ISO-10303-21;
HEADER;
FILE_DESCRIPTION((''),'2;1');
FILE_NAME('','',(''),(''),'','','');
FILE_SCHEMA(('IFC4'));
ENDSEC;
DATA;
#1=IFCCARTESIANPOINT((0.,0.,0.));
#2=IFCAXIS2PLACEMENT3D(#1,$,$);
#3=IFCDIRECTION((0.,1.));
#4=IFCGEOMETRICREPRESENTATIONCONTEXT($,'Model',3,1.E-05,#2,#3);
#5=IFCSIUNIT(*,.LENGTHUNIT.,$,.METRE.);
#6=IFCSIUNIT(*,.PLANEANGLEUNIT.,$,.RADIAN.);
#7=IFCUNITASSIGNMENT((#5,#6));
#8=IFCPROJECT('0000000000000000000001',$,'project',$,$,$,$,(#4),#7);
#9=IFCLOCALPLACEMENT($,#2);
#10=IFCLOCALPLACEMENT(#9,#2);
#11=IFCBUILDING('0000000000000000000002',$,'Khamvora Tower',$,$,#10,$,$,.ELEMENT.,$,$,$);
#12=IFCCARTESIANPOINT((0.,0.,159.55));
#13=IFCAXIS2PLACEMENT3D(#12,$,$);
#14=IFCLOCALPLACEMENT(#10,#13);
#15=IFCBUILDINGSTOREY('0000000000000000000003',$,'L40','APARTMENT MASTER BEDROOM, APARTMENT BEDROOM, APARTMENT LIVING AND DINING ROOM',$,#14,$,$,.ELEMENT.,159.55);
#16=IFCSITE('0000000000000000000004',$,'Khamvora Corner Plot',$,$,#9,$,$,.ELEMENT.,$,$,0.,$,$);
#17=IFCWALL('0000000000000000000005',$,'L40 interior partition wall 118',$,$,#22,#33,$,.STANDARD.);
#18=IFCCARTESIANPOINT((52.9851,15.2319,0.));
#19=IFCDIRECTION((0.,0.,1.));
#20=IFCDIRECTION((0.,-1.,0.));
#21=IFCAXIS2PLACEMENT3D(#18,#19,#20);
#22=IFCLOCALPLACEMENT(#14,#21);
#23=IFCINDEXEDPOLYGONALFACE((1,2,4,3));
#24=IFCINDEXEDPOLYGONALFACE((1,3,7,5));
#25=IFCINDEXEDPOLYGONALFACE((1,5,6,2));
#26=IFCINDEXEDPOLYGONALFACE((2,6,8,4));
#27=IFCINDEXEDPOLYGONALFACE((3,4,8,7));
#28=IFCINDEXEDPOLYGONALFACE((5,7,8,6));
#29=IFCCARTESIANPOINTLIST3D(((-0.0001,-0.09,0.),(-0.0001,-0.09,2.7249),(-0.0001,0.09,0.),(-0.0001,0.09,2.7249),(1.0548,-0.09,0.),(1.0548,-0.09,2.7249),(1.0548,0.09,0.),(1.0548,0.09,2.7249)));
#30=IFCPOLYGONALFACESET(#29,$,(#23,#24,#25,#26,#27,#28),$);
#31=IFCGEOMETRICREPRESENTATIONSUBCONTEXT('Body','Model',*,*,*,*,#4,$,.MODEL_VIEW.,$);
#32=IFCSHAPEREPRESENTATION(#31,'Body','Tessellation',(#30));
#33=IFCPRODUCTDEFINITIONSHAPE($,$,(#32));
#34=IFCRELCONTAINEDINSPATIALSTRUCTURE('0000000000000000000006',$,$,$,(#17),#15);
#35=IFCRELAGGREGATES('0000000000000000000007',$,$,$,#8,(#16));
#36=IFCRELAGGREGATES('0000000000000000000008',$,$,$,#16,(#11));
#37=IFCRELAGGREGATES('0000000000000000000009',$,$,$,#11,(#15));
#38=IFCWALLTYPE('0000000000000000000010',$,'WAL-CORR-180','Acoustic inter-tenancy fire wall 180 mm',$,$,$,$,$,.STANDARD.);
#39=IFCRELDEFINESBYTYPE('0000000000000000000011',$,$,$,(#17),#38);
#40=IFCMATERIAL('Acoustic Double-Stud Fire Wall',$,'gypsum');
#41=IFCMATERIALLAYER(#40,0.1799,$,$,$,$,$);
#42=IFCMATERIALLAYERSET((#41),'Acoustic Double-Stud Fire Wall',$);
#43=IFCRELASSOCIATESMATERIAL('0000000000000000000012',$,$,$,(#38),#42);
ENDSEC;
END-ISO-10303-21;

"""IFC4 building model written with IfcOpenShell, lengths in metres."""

from ifc_helpers import new_model, si_unit, direction, frame, frame_2d, origin, place, context, subcontext, project, spatial, rectangle, extrude, material, layer, layer_set, type_object, element, save


model = new_model("IFC4")

# Units and contexts
model_context = context("Model", 3, precision=1e-05, world=origin(), true_north=direction((0.0, 1.0)))
body_context = subcontext(model_context, "Body", "Model", "MODEL_VIEW")
ifc_project = project(units=[si_unit("LENGTHUNIT", "METRE"), si_unit("PLANEANGLEUNIT", "RADIAN")], contexts=[model_context])

# Site, building, storey
site_placement = place(None, origin())
site = spatial("IfcSite", under=ifc_project, at=site_placement, Name="Khamvora Corner Plot", CompositionType="ELEMENT", RefElevation=0.0)
building_placement = place(site_placement, origin())
building = spatial("IfcBuilding", under=site, at=building_placement, Name="Khamvora Tower", CompositionType="ELEMENT")
storey_placement = place(building_placement, frame((0.0, 0.0, 159.55)))
storey = spatial("IfcBuildingStorey", under=building, at=storey_placement, Name="L40", Description="APARTMENT MASTER BEDROOM, APARTMENT BEDROOM, APARTMENT LIVING AND DINING ROOM", CompositionType="ELEMENT", Elevation=159.55)

# Wall
ifc_material_1 = material(Name="Acoustic Double-Stud Fire Wall", Category="gypsum")
ifc_layer_1 = layer(ifc_material_1, 0.1799)
ifc_layer_set_1 = layer_set([ifc_layer_1], Name="Acoustic Double-Stud Fire Wall")
wall_type_1 = type_object("IfcWallType", Name="WAL-CORR-180", Description="Acoustic inter-tenancy fire wall 180 mm", PredefinedType="STANDARD", material=ifc_layer_set_1)
wall_1_placement = place(storey_placement, frame((52.9851, 15.2319, 0.0), z_axis=(0.0, 0.0, 1.0), x_axis=(0.0, -1.0, 0.0)))
element("IfcWall", 1, at=wall_1_placement, inside=storey, type_object=wall_type_1, Name="L40 interior partition wall 118", PredefinedType="STANDARD", context=body_context, shape_type="SweptSolid", body=[
    extrude(rectangle(XDim=1.0549, YDim=0.1799, at=frame_2d((0.5273, 0.0))), origin(), (0.0, 0.0, 1.0), 2.7249),
])

save(model, "model.ifc")
